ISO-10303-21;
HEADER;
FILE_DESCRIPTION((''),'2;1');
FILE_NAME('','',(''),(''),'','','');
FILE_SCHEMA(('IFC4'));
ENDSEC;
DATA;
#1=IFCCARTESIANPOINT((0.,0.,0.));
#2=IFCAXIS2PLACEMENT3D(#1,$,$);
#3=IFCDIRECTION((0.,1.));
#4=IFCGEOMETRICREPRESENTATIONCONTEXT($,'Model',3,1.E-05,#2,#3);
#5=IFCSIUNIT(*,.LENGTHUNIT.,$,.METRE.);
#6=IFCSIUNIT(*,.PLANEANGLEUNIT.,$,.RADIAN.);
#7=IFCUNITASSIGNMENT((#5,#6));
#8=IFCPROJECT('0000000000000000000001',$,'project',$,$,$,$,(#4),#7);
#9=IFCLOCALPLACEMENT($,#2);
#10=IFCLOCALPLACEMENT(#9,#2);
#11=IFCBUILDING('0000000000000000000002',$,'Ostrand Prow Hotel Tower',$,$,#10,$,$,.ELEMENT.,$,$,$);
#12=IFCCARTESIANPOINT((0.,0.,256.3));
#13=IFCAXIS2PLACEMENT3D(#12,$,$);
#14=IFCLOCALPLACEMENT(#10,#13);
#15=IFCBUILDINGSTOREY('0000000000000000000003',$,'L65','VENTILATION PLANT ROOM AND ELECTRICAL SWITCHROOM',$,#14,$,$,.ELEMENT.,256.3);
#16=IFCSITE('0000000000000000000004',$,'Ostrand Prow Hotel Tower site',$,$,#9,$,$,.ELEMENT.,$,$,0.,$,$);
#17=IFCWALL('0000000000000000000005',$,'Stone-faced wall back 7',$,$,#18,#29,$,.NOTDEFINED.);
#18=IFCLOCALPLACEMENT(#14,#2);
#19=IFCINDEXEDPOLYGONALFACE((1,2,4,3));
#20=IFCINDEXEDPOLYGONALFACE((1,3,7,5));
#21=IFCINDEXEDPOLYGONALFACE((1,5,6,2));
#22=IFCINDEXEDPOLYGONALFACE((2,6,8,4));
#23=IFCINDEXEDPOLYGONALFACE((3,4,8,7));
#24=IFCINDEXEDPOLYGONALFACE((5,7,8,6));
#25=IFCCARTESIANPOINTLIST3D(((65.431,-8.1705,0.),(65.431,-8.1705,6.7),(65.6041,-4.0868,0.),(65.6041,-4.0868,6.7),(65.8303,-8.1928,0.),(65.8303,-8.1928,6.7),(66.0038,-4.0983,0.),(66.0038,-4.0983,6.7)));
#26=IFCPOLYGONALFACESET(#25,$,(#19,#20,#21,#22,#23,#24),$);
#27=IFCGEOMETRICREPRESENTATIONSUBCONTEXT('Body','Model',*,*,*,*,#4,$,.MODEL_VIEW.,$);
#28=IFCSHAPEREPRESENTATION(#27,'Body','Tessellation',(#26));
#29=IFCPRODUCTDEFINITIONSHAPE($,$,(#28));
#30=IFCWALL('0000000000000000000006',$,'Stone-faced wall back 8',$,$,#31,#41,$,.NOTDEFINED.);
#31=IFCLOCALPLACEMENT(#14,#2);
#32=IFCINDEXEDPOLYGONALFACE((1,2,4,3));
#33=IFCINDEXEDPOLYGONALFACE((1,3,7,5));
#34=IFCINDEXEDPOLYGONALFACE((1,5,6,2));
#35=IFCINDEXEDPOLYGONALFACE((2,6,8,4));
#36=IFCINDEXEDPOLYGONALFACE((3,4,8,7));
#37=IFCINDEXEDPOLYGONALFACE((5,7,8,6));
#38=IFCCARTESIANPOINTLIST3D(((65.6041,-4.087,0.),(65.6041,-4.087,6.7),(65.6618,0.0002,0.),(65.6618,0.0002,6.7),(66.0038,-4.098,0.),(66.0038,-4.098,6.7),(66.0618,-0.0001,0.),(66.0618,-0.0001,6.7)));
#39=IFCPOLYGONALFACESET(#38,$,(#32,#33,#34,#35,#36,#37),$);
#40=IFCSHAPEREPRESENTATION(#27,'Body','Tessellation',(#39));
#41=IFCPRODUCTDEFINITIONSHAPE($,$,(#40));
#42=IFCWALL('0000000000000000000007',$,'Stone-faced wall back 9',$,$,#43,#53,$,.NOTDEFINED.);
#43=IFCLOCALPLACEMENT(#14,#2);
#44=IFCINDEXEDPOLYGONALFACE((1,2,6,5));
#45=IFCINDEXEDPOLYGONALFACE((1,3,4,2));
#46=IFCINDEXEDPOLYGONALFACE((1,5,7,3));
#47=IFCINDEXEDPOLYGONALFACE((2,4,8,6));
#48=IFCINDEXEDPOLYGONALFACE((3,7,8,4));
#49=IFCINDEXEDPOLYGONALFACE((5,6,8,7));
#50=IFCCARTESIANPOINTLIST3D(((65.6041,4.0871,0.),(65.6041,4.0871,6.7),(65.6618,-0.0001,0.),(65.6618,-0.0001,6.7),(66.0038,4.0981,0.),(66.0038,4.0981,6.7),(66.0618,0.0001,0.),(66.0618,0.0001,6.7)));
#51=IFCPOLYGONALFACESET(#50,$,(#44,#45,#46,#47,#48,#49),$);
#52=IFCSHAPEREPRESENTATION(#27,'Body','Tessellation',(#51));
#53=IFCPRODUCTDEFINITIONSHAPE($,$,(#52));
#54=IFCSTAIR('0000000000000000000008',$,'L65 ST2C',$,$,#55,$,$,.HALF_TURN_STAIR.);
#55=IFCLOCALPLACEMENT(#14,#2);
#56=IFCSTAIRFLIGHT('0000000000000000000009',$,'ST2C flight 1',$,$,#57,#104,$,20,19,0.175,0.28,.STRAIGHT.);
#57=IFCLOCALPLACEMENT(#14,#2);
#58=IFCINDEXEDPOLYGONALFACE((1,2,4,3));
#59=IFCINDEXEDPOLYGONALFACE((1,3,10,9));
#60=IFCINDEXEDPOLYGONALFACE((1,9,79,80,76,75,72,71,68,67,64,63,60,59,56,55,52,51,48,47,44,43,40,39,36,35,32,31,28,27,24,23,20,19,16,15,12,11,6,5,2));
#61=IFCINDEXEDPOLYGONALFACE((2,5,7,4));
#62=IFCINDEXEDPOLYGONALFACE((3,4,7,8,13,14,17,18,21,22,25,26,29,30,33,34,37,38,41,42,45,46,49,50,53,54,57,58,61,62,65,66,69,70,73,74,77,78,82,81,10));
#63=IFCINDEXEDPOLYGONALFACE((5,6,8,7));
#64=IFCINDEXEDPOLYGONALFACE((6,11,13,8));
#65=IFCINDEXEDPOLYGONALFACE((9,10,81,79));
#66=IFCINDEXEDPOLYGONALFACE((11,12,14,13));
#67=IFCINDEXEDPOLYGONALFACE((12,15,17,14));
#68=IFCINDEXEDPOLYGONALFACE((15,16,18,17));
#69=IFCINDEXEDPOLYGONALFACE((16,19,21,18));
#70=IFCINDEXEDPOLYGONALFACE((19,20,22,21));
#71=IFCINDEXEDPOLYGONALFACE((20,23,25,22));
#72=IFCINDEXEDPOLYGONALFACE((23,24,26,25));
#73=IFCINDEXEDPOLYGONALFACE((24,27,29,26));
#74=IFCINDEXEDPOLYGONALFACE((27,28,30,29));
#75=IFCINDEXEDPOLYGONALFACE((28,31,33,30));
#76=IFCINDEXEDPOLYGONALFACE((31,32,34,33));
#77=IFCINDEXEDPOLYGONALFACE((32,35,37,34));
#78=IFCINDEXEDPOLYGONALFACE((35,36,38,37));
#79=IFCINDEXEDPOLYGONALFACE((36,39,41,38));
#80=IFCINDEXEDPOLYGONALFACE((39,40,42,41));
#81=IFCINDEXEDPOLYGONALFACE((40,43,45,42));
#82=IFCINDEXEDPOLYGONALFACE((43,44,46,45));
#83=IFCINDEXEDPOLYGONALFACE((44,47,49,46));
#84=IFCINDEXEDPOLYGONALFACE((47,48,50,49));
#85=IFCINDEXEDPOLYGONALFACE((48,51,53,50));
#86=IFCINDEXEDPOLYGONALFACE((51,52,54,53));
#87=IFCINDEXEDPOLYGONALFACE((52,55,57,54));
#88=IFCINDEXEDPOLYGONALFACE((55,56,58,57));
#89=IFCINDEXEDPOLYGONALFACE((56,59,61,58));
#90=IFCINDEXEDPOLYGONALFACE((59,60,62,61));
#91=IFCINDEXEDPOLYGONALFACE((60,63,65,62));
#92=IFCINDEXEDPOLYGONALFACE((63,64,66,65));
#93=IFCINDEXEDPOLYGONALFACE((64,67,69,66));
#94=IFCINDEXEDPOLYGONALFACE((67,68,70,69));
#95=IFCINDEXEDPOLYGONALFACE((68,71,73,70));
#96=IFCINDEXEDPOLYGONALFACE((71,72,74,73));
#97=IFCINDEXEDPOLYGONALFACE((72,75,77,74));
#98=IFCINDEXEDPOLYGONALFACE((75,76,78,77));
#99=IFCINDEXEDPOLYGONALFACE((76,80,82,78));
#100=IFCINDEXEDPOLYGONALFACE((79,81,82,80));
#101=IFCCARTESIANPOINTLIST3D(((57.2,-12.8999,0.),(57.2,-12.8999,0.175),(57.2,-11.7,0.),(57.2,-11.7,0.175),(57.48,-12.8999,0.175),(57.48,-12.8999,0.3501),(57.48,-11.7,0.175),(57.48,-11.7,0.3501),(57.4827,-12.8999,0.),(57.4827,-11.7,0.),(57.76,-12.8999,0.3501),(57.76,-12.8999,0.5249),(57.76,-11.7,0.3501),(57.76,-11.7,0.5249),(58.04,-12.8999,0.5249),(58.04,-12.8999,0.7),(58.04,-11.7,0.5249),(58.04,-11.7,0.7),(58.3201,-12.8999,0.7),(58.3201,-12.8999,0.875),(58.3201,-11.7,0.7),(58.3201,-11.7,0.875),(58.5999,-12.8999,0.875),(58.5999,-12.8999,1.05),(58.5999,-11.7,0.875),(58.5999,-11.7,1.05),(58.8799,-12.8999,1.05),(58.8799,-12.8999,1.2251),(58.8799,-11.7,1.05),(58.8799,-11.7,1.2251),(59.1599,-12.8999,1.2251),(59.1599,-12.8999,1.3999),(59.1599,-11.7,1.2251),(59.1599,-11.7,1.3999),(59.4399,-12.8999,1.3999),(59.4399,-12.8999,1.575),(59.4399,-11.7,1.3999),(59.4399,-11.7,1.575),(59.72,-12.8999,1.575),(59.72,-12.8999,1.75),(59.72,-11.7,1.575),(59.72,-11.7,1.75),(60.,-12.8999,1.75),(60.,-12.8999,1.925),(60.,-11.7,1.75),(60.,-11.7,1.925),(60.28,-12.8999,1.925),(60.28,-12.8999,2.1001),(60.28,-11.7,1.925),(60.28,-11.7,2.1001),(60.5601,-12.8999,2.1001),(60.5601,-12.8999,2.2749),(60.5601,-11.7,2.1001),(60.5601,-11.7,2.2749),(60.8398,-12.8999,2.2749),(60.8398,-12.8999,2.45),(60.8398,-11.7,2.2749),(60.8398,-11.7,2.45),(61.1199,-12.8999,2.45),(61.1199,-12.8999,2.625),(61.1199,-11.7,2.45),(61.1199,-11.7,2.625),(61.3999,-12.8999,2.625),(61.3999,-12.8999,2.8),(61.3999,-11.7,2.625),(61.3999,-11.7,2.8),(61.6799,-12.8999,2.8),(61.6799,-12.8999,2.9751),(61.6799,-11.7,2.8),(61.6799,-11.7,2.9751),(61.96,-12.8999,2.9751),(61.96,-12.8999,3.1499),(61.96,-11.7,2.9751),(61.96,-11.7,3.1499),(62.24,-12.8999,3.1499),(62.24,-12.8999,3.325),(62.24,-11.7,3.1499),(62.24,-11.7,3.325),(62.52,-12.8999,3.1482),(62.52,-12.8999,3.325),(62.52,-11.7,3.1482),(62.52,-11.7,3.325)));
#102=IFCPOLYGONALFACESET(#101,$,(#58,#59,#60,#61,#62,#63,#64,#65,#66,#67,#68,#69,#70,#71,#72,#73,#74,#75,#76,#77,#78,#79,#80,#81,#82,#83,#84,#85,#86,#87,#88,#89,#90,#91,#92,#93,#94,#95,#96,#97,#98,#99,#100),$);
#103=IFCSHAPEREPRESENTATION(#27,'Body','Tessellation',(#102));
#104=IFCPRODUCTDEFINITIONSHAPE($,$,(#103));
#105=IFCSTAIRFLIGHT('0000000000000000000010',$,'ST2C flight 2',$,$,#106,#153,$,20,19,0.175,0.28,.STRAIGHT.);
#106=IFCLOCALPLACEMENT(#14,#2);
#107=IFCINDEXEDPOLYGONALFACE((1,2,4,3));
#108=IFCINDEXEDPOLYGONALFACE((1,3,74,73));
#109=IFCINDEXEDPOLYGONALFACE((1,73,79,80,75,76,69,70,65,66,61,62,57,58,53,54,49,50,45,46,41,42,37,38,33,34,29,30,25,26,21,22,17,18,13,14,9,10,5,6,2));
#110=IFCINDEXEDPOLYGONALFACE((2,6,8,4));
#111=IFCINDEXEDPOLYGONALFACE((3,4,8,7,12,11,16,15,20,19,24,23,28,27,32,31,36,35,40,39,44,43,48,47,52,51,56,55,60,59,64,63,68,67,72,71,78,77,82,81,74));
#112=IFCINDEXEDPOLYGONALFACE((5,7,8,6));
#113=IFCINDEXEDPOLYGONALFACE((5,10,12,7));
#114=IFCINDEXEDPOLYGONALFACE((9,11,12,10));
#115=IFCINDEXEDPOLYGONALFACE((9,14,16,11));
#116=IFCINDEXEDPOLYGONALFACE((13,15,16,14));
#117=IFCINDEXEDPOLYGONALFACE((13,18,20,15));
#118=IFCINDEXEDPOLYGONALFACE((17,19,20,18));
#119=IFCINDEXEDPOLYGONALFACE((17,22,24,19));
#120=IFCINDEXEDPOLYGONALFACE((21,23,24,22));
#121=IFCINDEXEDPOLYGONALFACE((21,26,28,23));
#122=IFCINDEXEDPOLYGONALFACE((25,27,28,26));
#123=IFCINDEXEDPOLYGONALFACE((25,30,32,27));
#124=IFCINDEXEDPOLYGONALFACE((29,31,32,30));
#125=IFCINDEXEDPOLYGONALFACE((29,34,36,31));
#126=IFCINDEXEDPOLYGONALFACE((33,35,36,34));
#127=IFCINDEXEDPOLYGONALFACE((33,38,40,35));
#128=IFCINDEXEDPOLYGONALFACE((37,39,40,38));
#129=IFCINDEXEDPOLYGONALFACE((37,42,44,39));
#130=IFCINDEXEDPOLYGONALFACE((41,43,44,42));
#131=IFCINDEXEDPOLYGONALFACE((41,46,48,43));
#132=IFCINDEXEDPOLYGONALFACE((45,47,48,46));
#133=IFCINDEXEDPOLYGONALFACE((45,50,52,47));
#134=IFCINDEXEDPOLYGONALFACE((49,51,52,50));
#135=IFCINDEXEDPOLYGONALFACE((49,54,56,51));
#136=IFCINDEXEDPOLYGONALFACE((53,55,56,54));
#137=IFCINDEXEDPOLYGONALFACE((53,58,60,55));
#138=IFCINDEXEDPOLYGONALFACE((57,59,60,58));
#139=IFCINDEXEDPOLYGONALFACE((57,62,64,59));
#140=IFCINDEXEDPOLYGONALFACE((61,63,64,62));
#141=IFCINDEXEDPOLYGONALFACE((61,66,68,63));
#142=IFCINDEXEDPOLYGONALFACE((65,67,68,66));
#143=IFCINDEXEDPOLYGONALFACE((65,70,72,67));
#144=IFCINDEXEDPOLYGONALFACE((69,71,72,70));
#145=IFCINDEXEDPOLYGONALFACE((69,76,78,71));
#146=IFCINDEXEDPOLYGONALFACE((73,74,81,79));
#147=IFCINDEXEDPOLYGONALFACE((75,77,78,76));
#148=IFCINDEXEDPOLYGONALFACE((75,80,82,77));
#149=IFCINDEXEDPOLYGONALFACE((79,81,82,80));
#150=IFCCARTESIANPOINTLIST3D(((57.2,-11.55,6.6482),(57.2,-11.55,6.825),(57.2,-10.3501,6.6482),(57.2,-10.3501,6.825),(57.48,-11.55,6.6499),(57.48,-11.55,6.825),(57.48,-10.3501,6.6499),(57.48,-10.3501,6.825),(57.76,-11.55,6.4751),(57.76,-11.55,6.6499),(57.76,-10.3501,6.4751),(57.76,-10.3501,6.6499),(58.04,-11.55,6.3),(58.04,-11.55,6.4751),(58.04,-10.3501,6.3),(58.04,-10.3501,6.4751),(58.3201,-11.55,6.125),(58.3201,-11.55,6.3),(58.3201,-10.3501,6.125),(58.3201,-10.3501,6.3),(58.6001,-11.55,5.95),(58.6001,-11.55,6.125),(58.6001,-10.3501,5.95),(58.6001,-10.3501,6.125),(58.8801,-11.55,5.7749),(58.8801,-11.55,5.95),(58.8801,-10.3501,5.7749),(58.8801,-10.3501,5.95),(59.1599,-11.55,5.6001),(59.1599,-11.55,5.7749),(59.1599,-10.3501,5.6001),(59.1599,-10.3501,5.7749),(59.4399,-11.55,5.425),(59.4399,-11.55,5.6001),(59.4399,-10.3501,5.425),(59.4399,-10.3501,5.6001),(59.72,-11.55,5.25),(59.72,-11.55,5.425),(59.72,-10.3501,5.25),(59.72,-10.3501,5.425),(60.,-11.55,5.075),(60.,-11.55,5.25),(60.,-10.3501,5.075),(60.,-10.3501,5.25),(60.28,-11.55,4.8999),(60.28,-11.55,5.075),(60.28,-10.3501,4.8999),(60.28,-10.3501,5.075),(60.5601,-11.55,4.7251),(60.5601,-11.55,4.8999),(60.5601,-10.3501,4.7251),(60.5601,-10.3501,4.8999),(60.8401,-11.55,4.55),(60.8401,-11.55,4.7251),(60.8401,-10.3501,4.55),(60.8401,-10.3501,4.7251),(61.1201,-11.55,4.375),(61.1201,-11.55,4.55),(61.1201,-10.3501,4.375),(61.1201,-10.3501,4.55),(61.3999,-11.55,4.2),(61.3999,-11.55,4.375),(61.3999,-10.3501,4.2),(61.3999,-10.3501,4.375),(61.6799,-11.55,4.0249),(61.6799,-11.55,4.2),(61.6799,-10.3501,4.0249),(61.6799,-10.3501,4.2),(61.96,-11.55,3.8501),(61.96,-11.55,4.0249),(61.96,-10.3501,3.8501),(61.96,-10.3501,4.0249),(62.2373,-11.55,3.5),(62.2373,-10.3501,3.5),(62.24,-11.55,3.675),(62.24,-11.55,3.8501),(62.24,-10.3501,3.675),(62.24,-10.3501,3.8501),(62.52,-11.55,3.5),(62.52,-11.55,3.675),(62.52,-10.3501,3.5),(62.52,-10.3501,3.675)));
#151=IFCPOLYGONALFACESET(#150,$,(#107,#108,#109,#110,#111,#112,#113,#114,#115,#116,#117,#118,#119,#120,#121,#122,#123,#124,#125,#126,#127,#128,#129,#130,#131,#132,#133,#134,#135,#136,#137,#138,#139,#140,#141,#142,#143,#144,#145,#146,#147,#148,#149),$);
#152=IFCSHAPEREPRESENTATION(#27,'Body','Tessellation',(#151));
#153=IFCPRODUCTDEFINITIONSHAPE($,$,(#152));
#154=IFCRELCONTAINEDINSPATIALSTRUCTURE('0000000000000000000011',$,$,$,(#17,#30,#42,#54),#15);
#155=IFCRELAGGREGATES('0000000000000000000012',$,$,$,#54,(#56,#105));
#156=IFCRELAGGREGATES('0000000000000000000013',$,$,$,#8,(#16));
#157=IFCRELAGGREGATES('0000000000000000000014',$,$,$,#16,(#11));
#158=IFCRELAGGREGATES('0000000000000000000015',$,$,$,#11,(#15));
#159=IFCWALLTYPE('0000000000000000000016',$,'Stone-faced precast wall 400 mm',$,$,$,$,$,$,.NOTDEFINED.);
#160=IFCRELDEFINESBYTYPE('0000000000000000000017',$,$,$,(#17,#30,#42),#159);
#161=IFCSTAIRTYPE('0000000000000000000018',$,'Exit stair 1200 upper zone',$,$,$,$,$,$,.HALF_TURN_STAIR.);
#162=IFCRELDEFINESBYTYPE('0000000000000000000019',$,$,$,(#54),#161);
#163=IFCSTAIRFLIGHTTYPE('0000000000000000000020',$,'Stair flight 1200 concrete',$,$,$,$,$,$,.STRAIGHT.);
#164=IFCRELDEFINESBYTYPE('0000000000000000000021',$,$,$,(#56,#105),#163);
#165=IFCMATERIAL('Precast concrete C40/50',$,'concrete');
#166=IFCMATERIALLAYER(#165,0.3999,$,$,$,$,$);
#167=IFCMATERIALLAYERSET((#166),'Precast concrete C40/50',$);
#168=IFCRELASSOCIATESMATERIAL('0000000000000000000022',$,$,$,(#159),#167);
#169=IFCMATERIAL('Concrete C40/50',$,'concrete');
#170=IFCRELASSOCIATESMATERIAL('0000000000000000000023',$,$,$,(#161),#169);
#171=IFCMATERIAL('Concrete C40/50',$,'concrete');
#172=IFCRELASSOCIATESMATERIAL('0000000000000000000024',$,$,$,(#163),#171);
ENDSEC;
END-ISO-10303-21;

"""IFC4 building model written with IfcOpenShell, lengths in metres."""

from ifc_helpers import new_model, si_unit, direction, frame, origin, place, context, subcontext, project, spatial, polyline, outline, extrude, material, layer, layer_set, type_object, element, aggregate, save


model = new_model("IFC4")

# Units and contexts
model_context = context("Model", 3, precision=1e-05, world=origin(), true_north=direction((0.0, 1.0)))
body_context = subcontext(model_context, "Body", "Model", "MODEL_VIEW")
ifc_project = project(units=[si_unit("LENGTHUNIT", "METRE"), si_unit("PLANEANGLEUNIT", "RADIAN")], contexts=[model_context])

# Site, building, storey
site_placement = place(None, origin())
site = spatial("IfcSite", under=ifc_project, at=site_placement, Name="Ostrand Prow Hotel Tower site", CompositionType="ELEMENT", RefElevation=0.0)
building_placement = place(site_placement, origin())
building = spatial("IfcBuilding", under=site, at=building_placement, Name="Ostrand Prow Hotel Tower", CompositionType="ELEMENT")
storey_placement = place(building_placement, frame((0.0, 0.0, 256.3)))
storey = spatial("IfcBuildingStorey", under=building, at=storey_placement, Name="L65", Description="VENTILATION PLANT ROOM AND ELECTRICAL SWITCHROOM", CompositionType="ELEMENT", Elevation=256.3)

# Walls
ifc_material_1 = material(Name="Precast concrete C40/50", Category="concrete")
ifc_layer_1 = layer(ifc_material_1, 0.3999)
ifc_layer_set_1 = layer_set([ifc_layer_1], Name="Precast concrete C40/50")
wall_type_1 = type_object("IfcWallType", Name="Stone-faced precast wall 400 mm", PredefinedType="NOTDEFINED", material=ifc_layer_set_1)
wall_1_placement = place(storey_placement, frame((65.6306, -8.1816, 0.0), z_axis=(0.0, 0.0, 1.0), x_axis=(0.042353, 0.999103, 0.0)))
element("IfcWall", 1, at=wall_1_placement, inside=storey, type_object=wall_type_1, Name="Stone-faced wall back 7", PredefinedType="NOTDEFINED", context=body_context, shape_type="SweptSolid", body=[
    extrude(outline(polyline([(-0.0027, -0.2), (4.0955, -0.2), (4.0901, 0.2), (0.0027, 0.2), (-0.0027, -0.2)])), origin(), (0.0, 0.0, 1.0), 6.7),
])
for number, where, z_axis, x_axis, name in (
    (2, (65.804, -4.0925, 0.0), (0.0, 0.0, 1.0), (0.014137, 0.9999, 0.0), "Stone-faced wall back 8"),
    (3, (65.8618, 0.0, 0.0), (0.0, 0.0, 1.0), (-0.014137, 0.9999, 0.0), "Stone-faced wall back 9"),
):
    element("IfcWall", number, at=place(storey_placement, frame(where, z_axis=z_axis, x_axis=x_axis)), inside=storey, type_object=wall_type_1, Name=name, PredefinedType="NOTDEFINED", context=body_context, shape_type="SweptSolid", body=[
        extrude(outline(polyline([(-0.0027, -0.2), (4.0957, -0.2), (4.0903, 0.2), (0.0027, 0.2), (-0.0027, -0.2)])), origin(), (0.0, 0.0, 1.0), 6.7),
    ])

# Stair, stair flights
ifc_material_2 = material(Name="Concrete C40/50", Category="concrete")
stair_type = type_object("IfcStairType", Name="Exit stair 1200 upper zone", PredefinedType="HALF_TURN_STAIR", material=ifc_material_2)
stair_placement = place(storey_placement, origin())
stair = element("IfcStair", 4, at=stair_placement, inside=storey, type_object=stair_type, Name="L65 ST2C", PredefinedType="HALF_TURN_STAIR")
ifc_material_3 = material(Name="Concrete C40/50", Category="concrete")
stair_flight_type = type_object("IfcStairFlightType", Name="Stair flight 1200 concrete", PredefinedType="STRAIGHT", material=ifc_material_3)
stair_flight_1_placement = place(storey_placement, frame((57.2, -12.3, 0.0), z_axis=(0.0, 0.0, 1.0), x_axis=(1.0, 0.0, 0.0)))
stair_flight_1 = element("IfcStairFlight", 5, at=stair_flight_1_placement, type_object=stair_flight_type, Name="ST2C flight 1", NumberOfRisers=20, NumberOfTreads=19, PredefinedType="STRAIGHT", RiserHeight=0.175, TreadLength=0.28, context=body_context, shape_type="SweptSolid", body=[
    extrude(outline(polyline([(0.0, 0.0), (0.0, 0.175), (0.28, 0.175), (0.28, 0.3501), (0.5601, 0.3501), (0.5601, 0.5249), (0.8401, 0.5249), (0.8401, 0.7), (1.1201, 0.7), (1.1201, 0.875), (1.3999, 0.875), (1.3999, 1.05), (1.6799, 1.05), (1.6799, 1.2251), (1.96, 1.2251), (1.96, 1.3999), (2.24, 1.3999), (2.24, 1.575), (2.52, 1.575), (2.52, 1.75), (2.8, 1.75), (2.8, 1.925), (3.0801, 1.925), (3.0801, 2.1001), (3.3601, 2.1001), (3.3601, 2.2749), (3.6399, 2.2749), (3.6399, 2.45), (3.9199, 2.45), (3.9199, 2.625), (4.2, 2.625), (4.2, 2.8), (4.48, 2.8), (4.48, 2.9751), (4.76, 2.9751), (4.76, 3.1499), (5.04, 3.1499), (5.04, 3.325), (5.3201, 3.325), (5.3201, 3.5), (5.3201, 3.1482), (0.2827, 0.0), (0.0, 0.0)])), frame((0.0, 0.6001, 0.0), z_axis=(0.0, -1.0, 0.0), x_axis=(1.0, 0.0, 0.0)), (0.0, 0.0, 1.0), 1.2),
])
stair_flight_2_placement = place(storey_placement, frame((62.52, -10.95, 3.5), z_axis=(0.0, 0.0, 1.0), x_axis=(-1.0, 0.0, 0.0)))
stair_flight_2 = element("IfcStairFlight", 6, at=stair_flight_2_placement, type_object=stair_flight_type, Name="ST2C flight 2", NumberOfRisers=20, NumberOfTreads=19, PredefinedType="STRAIGHT", RiserHeight=0.175, TreadLength=0.28, context=body_context, shape_type="SweptSolid", body=[
    extrude(outline(polyline([(0.0, 0.0), (0.0, 0.175), (0.28, 0.175), (0.28, 0.3501), (0.5601, 0.3501), (0.5601, 0.5249), (0.8401, 0.5249), (0.8401, 0.7), (1.1201, 0.7), (1.1201, 0.875), (1.3999, 0.875), (1.3999, 1.05), (1.6799, 1.05), (1.6799, 1.2251), (1.96, 1.2251), (1.96, 1.3999), (2.24, 1.3999), (2.24, 1.575), (2.52, 1.575), (2.52, 1.75), (2.8, 1.75), (2.8, 1.925), (3.0801, 1.925), (3.0801, 2.1001), (3.3601, 2.1001), (3.3601, 2.2749), (3.6399, 2.2749), (3.6399, 2.45), (3.9199, 2.45), (3.9199, 2.625), (4.2, 2.625), (4.2, 2.8), (4.48, 2.8), (4.48, 2.9751), (4.76, 2.9751), (4.76, 3.1499), (5.04, 3.1499), (5.04, 3.325), (5.3201, 3.325), (5.3201, 3.5), (5.3201, 3.1482), (0.2827, 0.0), (0.0, 0.0)])), frame((0.0, 0.6001, 0.0), z_axis=(0.0, -1.0, 0.0), x_axis=(1.0, 0.0, 0.0)), (0.0, 0.0, 1.0), 1.2),
])
aggregate(stair, [stair_flight_1, stair_flight_2])

save(model, "model.ifc")
